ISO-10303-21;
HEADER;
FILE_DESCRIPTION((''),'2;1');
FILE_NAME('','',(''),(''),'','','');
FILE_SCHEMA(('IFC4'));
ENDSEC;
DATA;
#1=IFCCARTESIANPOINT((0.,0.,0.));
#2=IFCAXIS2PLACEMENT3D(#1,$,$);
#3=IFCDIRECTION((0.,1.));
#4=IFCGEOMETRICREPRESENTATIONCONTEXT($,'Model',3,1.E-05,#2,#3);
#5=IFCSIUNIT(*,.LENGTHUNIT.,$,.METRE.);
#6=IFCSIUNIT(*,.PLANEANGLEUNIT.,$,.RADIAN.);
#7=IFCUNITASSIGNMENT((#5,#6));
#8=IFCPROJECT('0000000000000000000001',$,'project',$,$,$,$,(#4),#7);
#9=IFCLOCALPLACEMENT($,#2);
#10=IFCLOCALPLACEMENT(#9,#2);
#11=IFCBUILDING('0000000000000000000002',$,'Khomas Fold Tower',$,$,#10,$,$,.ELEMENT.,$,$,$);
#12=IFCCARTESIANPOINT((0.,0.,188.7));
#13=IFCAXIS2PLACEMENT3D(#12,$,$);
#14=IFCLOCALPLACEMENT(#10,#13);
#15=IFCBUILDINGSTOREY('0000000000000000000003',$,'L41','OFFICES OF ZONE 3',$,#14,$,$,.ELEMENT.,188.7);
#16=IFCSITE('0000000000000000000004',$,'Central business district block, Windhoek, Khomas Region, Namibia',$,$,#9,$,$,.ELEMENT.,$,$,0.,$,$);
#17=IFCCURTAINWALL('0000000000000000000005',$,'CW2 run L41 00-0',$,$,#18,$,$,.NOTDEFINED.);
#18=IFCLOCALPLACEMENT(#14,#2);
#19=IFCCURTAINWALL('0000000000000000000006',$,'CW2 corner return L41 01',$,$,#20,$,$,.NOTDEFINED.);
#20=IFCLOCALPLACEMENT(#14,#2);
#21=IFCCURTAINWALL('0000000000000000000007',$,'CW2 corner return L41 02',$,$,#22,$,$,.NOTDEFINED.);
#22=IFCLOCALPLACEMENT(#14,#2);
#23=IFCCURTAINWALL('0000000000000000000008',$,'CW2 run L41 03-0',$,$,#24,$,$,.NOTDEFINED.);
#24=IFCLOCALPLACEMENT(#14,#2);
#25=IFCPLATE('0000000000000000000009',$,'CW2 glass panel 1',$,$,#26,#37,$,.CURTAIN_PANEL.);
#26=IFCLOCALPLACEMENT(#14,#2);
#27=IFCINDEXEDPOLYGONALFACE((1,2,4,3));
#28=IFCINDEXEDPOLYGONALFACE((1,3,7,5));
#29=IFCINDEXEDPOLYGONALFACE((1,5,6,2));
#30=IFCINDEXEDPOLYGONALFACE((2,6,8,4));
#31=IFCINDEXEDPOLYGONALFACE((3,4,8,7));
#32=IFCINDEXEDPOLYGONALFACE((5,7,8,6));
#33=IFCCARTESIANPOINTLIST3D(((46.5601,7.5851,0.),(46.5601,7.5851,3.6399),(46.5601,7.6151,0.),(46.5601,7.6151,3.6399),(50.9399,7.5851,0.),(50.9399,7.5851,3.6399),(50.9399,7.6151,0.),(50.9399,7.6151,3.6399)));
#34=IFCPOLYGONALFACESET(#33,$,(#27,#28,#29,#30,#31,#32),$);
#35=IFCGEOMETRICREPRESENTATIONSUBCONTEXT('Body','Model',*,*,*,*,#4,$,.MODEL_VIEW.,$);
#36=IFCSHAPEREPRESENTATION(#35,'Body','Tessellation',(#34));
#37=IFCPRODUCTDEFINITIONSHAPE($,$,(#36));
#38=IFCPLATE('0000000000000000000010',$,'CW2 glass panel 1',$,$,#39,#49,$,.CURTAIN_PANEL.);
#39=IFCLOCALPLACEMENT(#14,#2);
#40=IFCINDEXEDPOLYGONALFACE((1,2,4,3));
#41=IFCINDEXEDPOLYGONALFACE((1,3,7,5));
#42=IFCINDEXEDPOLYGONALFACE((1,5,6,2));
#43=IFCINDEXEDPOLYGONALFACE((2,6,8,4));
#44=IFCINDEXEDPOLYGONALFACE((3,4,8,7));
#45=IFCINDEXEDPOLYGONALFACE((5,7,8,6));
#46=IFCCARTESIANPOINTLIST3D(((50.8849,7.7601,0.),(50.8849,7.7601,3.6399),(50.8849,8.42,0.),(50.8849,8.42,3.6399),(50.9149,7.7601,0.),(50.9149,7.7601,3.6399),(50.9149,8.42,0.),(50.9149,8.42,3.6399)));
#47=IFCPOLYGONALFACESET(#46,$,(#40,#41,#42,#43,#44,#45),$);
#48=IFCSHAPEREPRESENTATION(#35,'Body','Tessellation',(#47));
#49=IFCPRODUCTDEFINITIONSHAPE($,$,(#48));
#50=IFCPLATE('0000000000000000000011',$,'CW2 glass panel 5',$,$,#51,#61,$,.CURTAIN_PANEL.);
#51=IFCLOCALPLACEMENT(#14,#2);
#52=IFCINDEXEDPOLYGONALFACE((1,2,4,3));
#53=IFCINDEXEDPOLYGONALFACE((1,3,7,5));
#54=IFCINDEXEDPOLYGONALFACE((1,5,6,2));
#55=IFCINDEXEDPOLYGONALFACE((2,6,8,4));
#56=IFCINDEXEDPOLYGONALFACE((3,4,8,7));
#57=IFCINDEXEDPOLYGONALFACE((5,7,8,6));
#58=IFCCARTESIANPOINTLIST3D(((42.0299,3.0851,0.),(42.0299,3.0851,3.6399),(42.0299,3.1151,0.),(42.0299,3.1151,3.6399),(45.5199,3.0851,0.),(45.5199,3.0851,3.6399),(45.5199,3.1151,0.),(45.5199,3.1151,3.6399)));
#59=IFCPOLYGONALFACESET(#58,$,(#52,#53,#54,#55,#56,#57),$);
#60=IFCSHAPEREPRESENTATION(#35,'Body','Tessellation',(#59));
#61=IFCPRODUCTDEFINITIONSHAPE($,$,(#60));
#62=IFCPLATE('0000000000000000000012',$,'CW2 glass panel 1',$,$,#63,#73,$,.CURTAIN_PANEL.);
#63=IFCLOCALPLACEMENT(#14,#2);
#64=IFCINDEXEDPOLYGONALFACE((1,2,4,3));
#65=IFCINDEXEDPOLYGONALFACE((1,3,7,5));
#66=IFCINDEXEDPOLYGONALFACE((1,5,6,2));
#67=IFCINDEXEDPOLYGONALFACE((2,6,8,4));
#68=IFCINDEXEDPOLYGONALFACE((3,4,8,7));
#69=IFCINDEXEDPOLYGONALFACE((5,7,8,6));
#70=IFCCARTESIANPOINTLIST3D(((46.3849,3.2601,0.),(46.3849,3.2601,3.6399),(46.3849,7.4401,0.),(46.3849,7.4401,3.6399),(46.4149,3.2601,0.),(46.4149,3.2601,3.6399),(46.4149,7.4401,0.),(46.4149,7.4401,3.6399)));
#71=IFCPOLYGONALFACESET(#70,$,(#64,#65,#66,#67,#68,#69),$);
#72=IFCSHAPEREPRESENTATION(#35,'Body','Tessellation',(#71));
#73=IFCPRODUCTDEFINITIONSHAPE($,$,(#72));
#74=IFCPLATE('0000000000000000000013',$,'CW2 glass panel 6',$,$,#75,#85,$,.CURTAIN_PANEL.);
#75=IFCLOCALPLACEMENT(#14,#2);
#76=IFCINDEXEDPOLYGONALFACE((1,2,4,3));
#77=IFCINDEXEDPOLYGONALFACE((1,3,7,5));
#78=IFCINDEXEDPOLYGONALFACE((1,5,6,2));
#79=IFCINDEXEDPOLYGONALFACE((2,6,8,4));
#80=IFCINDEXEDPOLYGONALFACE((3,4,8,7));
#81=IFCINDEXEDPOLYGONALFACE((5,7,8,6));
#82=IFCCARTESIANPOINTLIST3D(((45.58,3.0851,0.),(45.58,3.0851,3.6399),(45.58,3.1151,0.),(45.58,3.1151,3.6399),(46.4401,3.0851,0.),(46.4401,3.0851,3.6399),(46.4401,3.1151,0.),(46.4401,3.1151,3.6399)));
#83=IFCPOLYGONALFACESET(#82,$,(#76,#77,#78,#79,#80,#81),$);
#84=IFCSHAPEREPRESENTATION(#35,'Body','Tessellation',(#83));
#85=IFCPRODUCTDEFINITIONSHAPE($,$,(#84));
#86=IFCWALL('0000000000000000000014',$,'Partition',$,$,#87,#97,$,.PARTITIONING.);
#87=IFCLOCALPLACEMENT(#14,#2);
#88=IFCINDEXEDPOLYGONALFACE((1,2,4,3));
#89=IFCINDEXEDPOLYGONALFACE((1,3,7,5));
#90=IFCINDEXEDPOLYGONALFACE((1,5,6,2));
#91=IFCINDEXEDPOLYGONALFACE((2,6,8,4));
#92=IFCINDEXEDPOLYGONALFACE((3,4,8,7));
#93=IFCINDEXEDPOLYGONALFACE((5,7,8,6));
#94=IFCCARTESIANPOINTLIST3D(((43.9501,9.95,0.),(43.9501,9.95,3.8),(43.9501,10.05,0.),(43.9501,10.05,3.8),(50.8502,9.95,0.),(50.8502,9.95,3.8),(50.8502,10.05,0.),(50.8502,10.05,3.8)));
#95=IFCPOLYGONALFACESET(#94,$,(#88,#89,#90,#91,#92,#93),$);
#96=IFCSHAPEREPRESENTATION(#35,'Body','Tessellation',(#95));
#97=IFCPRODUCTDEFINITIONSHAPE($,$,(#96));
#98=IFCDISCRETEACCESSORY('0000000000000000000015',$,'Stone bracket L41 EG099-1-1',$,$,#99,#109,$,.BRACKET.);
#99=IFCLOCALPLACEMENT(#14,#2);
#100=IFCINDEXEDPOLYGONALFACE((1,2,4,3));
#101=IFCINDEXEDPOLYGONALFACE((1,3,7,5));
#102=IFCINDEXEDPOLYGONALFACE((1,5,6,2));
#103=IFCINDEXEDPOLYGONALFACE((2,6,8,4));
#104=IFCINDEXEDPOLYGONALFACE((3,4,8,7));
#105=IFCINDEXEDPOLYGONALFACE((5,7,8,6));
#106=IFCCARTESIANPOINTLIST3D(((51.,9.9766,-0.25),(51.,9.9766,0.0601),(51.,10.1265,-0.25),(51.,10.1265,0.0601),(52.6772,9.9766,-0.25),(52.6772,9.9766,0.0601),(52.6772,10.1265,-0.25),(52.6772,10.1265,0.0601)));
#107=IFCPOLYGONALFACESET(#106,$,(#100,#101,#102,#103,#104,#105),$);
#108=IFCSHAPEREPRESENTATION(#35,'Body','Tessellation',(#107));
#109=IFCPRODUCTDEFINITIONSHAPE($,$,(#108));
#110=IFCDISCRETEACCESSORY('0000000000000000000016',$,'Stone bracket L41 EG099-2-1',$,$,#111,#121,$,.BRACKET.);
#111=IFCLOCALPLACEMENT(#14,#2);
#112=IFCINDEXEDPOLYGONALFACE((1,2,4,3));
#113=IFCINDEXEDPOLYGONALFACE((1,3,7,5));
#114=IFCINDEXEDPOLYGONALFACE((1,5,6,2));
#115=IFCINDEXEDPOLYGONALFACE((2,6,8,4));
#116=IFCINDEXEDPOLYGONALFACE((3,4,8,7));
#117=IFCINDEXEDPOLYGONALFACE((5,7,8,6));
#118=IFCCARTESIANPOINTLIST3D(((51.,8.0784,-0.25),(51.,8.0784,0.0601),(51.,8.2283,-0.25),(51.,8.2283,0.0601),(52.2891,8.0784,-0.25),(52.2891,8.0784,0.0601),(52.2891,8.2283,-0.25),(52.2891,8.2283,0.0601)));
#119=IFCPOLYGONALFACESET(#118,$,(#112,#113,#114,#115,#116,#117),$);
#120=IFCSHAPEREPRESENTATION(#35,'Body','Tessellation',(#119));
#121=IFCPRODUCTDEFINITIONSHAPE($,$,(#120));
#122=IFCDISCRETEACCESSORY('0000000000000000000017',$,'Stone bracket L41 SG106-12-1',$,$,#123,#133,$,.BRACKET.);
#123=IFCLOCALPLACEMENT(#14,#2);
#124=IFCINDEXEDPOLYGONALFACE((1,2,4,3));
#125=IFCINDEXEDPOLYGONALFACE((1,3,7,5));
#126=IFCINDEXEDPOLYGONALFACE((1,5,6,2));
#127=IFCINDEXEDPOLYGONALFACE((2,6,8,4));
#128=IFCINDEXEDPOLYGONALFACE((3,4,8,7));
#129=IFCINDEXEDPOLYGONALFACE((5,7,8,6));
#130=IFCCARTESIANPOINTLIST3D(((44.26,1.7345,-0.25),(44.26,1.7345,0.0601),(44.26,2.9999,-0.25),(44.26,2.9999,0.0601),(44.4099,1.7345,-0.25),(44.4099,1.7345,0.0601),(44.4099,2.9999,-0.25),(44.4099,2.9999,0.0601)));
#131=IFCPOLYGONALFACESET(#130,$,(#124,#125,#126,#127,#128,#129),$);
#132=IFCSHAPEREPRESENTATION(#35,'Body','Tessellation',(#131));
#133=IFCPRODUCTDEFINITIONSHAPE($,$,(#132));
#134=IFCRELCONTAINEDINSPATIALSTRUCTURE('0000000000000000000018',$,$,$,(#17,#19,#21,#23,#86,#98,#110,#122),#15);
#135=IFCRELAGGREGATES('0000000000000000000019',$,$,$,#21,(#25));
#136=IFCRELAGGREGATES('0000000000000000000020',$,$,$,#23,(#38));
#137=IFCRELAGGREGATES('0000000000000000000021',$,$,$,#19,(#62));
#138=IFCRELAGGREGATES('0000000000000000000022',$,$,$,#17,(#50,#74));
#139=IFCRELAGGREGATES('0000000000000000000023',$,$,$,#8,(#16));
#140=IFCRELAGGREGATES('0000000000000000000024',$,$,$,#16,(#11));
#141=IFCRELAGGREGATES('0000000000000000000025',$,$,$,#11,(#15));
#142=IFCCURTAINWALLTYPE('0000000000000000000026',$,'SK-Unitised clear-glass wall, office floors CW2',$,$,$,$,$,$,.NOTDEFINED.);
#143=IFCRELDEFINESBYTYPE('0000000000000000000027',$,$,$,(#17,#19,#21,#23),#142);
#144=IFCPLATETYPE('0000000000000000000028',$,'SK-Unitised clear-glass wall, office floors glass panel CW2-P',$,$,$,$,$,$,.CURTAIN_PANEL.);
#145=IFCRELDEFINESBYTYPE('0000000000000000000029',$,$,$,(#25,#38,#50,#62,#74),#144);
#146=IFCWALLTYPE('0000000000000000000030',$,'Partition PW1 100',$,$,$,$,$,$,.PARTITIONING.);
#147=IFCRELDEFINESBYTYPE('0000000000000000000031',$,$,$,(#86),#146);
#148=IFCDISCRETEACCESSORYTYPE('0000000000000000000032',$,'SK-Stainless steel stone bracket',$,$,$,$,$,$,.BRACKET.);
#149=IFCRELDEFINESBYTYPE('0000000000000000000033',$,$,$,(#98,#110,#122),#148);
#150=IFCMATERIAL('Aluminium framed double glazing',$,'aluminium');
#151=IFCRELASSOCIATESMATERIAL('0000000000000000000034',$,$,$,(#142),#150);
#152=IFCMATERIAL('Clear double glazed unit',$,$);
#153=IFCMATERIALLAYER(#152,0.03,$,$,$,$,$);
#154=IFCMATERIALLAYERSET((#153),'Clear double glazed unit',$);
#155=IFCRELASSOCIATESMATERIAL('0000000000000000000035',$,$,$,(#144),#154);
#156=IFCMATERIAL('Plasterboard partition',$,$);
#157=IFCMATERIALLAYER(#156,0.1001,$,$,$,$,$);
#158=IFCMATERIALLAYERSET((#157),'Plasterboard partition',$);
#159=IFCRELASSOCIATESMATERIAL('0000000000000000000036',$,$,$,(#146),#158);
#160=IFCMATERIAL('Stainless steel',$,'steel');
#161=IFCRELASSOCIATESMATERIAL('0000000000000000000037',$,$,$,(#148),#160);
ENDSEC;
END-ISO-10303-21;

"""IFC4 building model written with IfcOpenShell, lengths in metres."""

from ifc_helpers import new_model, si_unit, direction, frame, frame_2d, origin, origin_2d, place, context, subcontext, project, spatial, rectangle, extrude, source, transform, mapped, material, layer, layer_set, type_object, element, aggregate, save


model = new_model("IFC4")

# Units and contexts
model_context = context("Model", 3, precision=1e-05, world=origin(), true_north=direction((0.0, 1.0)))
body_context = subcontext(model_context, "Body", "Model", "MODEL_VIEW")
ifc_project = project(units=[si_unit("LENGTHUNIT", "METRE"), si_unit("PLANEANGLEUNIT", "RADIAN")], contexts=[model_context])

# Site, building, storey
site_placement = place(None, origin())
site = spatial("IfcSite", under=ifc_project, at=site_placement, Name="Central business district block, Windhoek, Khomas Region, Namibia", CompositionType="ELEMENT", RefElevation=0.0)
building_placement = place(site_placement, origin())
building = spatial("IfcBuilding", under=site, at=building_placement, Name="Khomas Fold Tower", CompositionType="ELEMENT")
storey_placement = place(building_placement, frame((0.0, 0.0, 188.7)))
storey = spatial("IfcBuildingStorey", under=building, at=storey_placement, Name="L41", Description="OFFICES OF ZONE 3", CompositionType="ELEMENT", Elevation=188.7)

# Curtain walls
ifc_material_1 = material(Name="Aluminium framed double glazing", Category="aluminium")
curtain_wall_type = type_object("IfcCurtainWallType", Name="SK-Unitised clear-glass wall, office floors CW2", PredefinedType="NOTDEFINED", material=ifc_material_1)
curtain_wall_1_placement = place(storey_placement, origin())
curtain_wall_1 = element("IfcCurtainWall", 1, at=curtain_wall_1_placement, inside=storey, type_object=curtain_wall_type, Name="CW2 run L41 00-0", PredefinedType="NOTDEFINED")
curtain_wall_2_placement = place(storey_placement, origin())
curtain_wall_2 = element("IfcCurtainWall", 2, at=curtain_wall_2_placement, inside=storey, type_object=curtain_wall_type, Name="CW2 corner return L41 01", PredefinedType="NOTDEFINED")
curtain_wall_3_placement = place(storey_placement, origin())
curtain_wall_3 = element("IfcCurtainWall", 3, at=curtain_wall_3_placement, inside=storey, type_object=curtain_wall_type, Name="CW2 corner return L41 02", PredefinedType="NOTDEFINED")

# Curtain wall
curtain_wall_4_placement = place(storey_placement, origin())
curtain_wall_4 = element("IfcCurtainWall", 4, at=curtain_wall_4_placement, inside=storey, type_object=curtain_wall_type, Name="CW2 run L41 03-0", PredefinedType="NOTDEFINED")

# Plates
ifc_material_2 = material(Name="Clear double glazed unit")
ifc_layer_1 = layer(ifc_material_2, 0.03)
ifc_layer_set_1 = layer_set([ifc_layer_1], Name="Clear double glazed unit")
plate_type_1 = type_object("IfcPlateType", Name="SK-Unitised clear-glass wall, office floors glass panel CW2-P", PredefinedType="CURTAIN_PANEL", material=ifc_layer_set_1)
shared_shape_1 = source(origin(), body_context, "Body", "SweptSolid", [
    extrude(rectangle(XDim=4.3799, YDim=0.03, at=origin_2d()), origin(), (0.0, 0.0, 1.0), 3.6399),
])
plate_1_placement = place(storey_placement, frame((48.75, 7.6001, 0.0), z_axis=(0.0, 0.0, 1.0), x_axis=(1.0, 0.0, 0.0)))
plate_1 = element("IfcPlate", 5, at=plate_1_placement, type_object=plate_type_1, Name="CW2 glass panel 1", PredefinedType="CURTAIN_PANEL", context=body_context, shape_type="MappedRepresentation", body=[
    mapped(shared_shape_1, transform((0.0, 0.0, 0.0))),
])
aggregate(curtain_wall_3, [plate_1])
shared_shape_2 = source(origin(), body_context, "Body", "SweptSolid", [
    extrude(rectangle(XDim=0.6599, YDim=0.03, at=origin_2d()), origin(), (0.0, 0.0, 1.0), 3.6399),
])
plate_2_placement = place(storey_placement, frame((50.8999, 8.0901, 0.0), z_axis=(0.0, 0.0, 1.0), x_axis=(0.0, 1.0, 0.0)))
plate_2 = element("IfcPlate", 6, at=plate_2_placement, type_object=plate_type_1, Name="CW2 glass panel 1", PredefinedType="CURTAIN_PANEL", context=body_context, shape_type="MappedRepresentation", body=[
    mapped(shared_shape_2, transform((0.0, 0.0, 0.0))),
])
aggregate(curtain_wall_4, [plate_2])
shared_shape_3 = source(origin(), body_context, "Body", "SweptSolid", [
    extrude(rectangle(XDim=3.49, YDim=0.03, at=origin_2d()), origin(), (0.0, 0.0, 1.0), 3.6399),
])
plate_3_placement = place(storey_placement, frame((43.7749, 3.1001, 0.0), z_axis=(0.0, 0.0, 1.0), x_axis=(1.0, 0.0, 0.0)))
plate_3 = element("IfcPlate", 7, at=plate_3_placement, type_object=plate_type_1, Name="CW2 glass panel 5", PredefinedType="CURTAIN_PANEL", context=body_context, shape_type="MappedRepresentation", body=[
    mapped(shared_shape_3, transform((0.0, 0.0, 0.0))),
])
shared_shape_4 = source(origin(), body_context, "Body", "SweptSolid", [
    extrude(rectangle(XDim=4.1799, YDim=0.03, at=origin_2d()), origin(), (0.0, 0.0, 1.0), 3.6399),
])
plate_4_placement = place(storey_placement, frame((46.3999, 5.3501, 0.0), z_axis=(0.0, 0.0, 1.0), x_axis=(0.0, 1.0, 0.0)))
plate_4 = element("IfcPlate", 8, at=plate_4_placement, type_object=plate_type_1, Name="CW2 glass panel 1", PredefinedType="CURTAIN_PANEL", context=body_context, shape_type="MappedRepresentation", body=[
    mapped(shared_shape_4, transform((0.0, 0.0, 0.0))),
])
aggregate(curtain_wall_2, [plate_4])
shared_shape_5 = source(origin(), body_context, "Body", "SweptSolid", [
    extrude(rectangle(XDim=0.8601, YDim=0.03, at=origin_2d()), origin(), (0.0, 0.0, 1.0), 3.6399),
])
plate_5_placement = place(storey_placement, frame((46.01, 3.1001, 0.0), z_axis=(0.0, 0.0, 1.0), x_axis=(1.0, 0.0, 0.0)))
plate_5 = element("IfcPlate", 9, at=plate_5_placement, type_object=plate_type_1, Name="CW2 glass panel 6", PredefinedType="CURTAIN_PANEL", context=body_context, shape_type="MappedRepresentation", body=[
    mapped(shared_shape_5, transform((0.0, 0.0, 0.0))),
])
aggregate(curtain_wall_1, [plate_3, plate_5])

# Wall
ifc_material_3 = material(Name="Plasterboard partition")
ifc_layer_2 = layer(ifc_material_3, 0.1001)
ifc_layer_set_2 = layer_set([ifc_layer_2], Name="Plasterboard partition")
wall_type = type_object("IfcWallType", Name="Partition PW1 100", PredefinedType="PARTITIONING", material=ifc_layer_set_2)
shared_shape_6 = source(origin(), body_context, "Body", "SweptSolid", [
    extrude(rectangle(XDim=6.9001, YDim=0.1001, at=frame_2d((3.4502, 0.0))), origin(), (0.0, 0.0, 1.0), 3.8),
])
wall_placement = place(storey_placement, frame((43.95, 10.0, 0.0), z_axis=(0.0, 0.0, 1.0), x_axis=(1.0, 0.0, 0.0)))
element("IfcWall", 10, at=wall_placement, inside=storey, type_object=wall_type, Name="Partition", PredefinedType="PARTITIONING", context=body_context, shape_type="MappedRepresentation", body=[
    mapped(shared_shape_6, transform((0.0, 0.0, 0.0))),
])

# Discrete accessories
ifc_material_4 = material(Name="Stainless steel", Category="steel")
discrete_accessory_type = type_object("IfcDiscreteAccessoryType", Name="SK-Stainless steel stone bracket", PredefinedType="BRACKET", material=ifc_material_4)
shared_shape_7 = source(origin(), body_context, "Body", "SweptSolid", [
    extrude(rectangle(XDim=1.6772, YDim=0.1499, at=origin_2d()), origin(), (0.0, 0.0, 1.0), 0.3101),
])
discrete_accessory_1_placement = place(storey_placement, frame((51.8386, 10.0515, -0.25), z_axis=(0.0, 0.0, 1.0), x_axis=(1.0, 0.0, 0.0)))
element("IfcDiscreteAccessory", 11, at=discrete_accessory_1_placement, inside=storey, type_object=discrete_accessory_type, Name="Stone bracket L41 EG099-1-1", PredefinedType="BRACKET", context=body_context, shape_type="MappedRepresentation", body=[
    mapped(shared_shape_7, transform((0.0, 0.0, 0.0))),
])
shared_shape_8 = source(origin(), body_context, "Body", "SweptSolid", [
    extrude(rectangle(XDim=1.2891, YDim=0.1499, at=origin_2d()), origin(), (0.0, 0.0, 1.0), 0.3101),
])
discrete_accessory_2_placement = place(storey_placement, frame((51.6445, 8.1533, -0.25), z_axis=(0.0, 0.0, 1.0), x_axis=(1.0, 0.0, 0.0)))
element("IfcDiscreteAccessory", 12, at=discrete_accessory_2_placement, inside=storey, type_object=discrete_accessory_type, Name="Stone bracket L41 EG099-2-1", PredefinedType="BRACKET", context=body_context, shape_type="MappedRepresentation", body=[
    mapped(shared_shape_8, transform((0.0, 0.0, 0.0))),
])
shared_shape_9 = source(origin(), body_context, "Body", "SweptSolid", [
    extrude(rectangle(XDim=1.2654, YDim=0.1499, at=origin_2d()), origin(), (0.0, 0.0, 1.0), 0.3101),
])
discrete_accessory_3_placement = place(storey_placement, frame((44.335, 2.3672, -0.25), z_axis=(0.0, 0.0, 1.0), x_axis=(0.0, -1.0, 0.0)))
element("IfcDiscreteAccessory", 13, at=discrete_accessory_3_placement, inside=storey, type_object=discrete_accessory_type, Name="Stone bracket L41 SG106-12-1", PredefinedType="BRACKET", context=body_context, shape_type="MappedRepresentation", body=[
    mapped(shared_shape_9, transform((0.0, 0.0, 0.0))),
])

save(model, "model.ifc")
